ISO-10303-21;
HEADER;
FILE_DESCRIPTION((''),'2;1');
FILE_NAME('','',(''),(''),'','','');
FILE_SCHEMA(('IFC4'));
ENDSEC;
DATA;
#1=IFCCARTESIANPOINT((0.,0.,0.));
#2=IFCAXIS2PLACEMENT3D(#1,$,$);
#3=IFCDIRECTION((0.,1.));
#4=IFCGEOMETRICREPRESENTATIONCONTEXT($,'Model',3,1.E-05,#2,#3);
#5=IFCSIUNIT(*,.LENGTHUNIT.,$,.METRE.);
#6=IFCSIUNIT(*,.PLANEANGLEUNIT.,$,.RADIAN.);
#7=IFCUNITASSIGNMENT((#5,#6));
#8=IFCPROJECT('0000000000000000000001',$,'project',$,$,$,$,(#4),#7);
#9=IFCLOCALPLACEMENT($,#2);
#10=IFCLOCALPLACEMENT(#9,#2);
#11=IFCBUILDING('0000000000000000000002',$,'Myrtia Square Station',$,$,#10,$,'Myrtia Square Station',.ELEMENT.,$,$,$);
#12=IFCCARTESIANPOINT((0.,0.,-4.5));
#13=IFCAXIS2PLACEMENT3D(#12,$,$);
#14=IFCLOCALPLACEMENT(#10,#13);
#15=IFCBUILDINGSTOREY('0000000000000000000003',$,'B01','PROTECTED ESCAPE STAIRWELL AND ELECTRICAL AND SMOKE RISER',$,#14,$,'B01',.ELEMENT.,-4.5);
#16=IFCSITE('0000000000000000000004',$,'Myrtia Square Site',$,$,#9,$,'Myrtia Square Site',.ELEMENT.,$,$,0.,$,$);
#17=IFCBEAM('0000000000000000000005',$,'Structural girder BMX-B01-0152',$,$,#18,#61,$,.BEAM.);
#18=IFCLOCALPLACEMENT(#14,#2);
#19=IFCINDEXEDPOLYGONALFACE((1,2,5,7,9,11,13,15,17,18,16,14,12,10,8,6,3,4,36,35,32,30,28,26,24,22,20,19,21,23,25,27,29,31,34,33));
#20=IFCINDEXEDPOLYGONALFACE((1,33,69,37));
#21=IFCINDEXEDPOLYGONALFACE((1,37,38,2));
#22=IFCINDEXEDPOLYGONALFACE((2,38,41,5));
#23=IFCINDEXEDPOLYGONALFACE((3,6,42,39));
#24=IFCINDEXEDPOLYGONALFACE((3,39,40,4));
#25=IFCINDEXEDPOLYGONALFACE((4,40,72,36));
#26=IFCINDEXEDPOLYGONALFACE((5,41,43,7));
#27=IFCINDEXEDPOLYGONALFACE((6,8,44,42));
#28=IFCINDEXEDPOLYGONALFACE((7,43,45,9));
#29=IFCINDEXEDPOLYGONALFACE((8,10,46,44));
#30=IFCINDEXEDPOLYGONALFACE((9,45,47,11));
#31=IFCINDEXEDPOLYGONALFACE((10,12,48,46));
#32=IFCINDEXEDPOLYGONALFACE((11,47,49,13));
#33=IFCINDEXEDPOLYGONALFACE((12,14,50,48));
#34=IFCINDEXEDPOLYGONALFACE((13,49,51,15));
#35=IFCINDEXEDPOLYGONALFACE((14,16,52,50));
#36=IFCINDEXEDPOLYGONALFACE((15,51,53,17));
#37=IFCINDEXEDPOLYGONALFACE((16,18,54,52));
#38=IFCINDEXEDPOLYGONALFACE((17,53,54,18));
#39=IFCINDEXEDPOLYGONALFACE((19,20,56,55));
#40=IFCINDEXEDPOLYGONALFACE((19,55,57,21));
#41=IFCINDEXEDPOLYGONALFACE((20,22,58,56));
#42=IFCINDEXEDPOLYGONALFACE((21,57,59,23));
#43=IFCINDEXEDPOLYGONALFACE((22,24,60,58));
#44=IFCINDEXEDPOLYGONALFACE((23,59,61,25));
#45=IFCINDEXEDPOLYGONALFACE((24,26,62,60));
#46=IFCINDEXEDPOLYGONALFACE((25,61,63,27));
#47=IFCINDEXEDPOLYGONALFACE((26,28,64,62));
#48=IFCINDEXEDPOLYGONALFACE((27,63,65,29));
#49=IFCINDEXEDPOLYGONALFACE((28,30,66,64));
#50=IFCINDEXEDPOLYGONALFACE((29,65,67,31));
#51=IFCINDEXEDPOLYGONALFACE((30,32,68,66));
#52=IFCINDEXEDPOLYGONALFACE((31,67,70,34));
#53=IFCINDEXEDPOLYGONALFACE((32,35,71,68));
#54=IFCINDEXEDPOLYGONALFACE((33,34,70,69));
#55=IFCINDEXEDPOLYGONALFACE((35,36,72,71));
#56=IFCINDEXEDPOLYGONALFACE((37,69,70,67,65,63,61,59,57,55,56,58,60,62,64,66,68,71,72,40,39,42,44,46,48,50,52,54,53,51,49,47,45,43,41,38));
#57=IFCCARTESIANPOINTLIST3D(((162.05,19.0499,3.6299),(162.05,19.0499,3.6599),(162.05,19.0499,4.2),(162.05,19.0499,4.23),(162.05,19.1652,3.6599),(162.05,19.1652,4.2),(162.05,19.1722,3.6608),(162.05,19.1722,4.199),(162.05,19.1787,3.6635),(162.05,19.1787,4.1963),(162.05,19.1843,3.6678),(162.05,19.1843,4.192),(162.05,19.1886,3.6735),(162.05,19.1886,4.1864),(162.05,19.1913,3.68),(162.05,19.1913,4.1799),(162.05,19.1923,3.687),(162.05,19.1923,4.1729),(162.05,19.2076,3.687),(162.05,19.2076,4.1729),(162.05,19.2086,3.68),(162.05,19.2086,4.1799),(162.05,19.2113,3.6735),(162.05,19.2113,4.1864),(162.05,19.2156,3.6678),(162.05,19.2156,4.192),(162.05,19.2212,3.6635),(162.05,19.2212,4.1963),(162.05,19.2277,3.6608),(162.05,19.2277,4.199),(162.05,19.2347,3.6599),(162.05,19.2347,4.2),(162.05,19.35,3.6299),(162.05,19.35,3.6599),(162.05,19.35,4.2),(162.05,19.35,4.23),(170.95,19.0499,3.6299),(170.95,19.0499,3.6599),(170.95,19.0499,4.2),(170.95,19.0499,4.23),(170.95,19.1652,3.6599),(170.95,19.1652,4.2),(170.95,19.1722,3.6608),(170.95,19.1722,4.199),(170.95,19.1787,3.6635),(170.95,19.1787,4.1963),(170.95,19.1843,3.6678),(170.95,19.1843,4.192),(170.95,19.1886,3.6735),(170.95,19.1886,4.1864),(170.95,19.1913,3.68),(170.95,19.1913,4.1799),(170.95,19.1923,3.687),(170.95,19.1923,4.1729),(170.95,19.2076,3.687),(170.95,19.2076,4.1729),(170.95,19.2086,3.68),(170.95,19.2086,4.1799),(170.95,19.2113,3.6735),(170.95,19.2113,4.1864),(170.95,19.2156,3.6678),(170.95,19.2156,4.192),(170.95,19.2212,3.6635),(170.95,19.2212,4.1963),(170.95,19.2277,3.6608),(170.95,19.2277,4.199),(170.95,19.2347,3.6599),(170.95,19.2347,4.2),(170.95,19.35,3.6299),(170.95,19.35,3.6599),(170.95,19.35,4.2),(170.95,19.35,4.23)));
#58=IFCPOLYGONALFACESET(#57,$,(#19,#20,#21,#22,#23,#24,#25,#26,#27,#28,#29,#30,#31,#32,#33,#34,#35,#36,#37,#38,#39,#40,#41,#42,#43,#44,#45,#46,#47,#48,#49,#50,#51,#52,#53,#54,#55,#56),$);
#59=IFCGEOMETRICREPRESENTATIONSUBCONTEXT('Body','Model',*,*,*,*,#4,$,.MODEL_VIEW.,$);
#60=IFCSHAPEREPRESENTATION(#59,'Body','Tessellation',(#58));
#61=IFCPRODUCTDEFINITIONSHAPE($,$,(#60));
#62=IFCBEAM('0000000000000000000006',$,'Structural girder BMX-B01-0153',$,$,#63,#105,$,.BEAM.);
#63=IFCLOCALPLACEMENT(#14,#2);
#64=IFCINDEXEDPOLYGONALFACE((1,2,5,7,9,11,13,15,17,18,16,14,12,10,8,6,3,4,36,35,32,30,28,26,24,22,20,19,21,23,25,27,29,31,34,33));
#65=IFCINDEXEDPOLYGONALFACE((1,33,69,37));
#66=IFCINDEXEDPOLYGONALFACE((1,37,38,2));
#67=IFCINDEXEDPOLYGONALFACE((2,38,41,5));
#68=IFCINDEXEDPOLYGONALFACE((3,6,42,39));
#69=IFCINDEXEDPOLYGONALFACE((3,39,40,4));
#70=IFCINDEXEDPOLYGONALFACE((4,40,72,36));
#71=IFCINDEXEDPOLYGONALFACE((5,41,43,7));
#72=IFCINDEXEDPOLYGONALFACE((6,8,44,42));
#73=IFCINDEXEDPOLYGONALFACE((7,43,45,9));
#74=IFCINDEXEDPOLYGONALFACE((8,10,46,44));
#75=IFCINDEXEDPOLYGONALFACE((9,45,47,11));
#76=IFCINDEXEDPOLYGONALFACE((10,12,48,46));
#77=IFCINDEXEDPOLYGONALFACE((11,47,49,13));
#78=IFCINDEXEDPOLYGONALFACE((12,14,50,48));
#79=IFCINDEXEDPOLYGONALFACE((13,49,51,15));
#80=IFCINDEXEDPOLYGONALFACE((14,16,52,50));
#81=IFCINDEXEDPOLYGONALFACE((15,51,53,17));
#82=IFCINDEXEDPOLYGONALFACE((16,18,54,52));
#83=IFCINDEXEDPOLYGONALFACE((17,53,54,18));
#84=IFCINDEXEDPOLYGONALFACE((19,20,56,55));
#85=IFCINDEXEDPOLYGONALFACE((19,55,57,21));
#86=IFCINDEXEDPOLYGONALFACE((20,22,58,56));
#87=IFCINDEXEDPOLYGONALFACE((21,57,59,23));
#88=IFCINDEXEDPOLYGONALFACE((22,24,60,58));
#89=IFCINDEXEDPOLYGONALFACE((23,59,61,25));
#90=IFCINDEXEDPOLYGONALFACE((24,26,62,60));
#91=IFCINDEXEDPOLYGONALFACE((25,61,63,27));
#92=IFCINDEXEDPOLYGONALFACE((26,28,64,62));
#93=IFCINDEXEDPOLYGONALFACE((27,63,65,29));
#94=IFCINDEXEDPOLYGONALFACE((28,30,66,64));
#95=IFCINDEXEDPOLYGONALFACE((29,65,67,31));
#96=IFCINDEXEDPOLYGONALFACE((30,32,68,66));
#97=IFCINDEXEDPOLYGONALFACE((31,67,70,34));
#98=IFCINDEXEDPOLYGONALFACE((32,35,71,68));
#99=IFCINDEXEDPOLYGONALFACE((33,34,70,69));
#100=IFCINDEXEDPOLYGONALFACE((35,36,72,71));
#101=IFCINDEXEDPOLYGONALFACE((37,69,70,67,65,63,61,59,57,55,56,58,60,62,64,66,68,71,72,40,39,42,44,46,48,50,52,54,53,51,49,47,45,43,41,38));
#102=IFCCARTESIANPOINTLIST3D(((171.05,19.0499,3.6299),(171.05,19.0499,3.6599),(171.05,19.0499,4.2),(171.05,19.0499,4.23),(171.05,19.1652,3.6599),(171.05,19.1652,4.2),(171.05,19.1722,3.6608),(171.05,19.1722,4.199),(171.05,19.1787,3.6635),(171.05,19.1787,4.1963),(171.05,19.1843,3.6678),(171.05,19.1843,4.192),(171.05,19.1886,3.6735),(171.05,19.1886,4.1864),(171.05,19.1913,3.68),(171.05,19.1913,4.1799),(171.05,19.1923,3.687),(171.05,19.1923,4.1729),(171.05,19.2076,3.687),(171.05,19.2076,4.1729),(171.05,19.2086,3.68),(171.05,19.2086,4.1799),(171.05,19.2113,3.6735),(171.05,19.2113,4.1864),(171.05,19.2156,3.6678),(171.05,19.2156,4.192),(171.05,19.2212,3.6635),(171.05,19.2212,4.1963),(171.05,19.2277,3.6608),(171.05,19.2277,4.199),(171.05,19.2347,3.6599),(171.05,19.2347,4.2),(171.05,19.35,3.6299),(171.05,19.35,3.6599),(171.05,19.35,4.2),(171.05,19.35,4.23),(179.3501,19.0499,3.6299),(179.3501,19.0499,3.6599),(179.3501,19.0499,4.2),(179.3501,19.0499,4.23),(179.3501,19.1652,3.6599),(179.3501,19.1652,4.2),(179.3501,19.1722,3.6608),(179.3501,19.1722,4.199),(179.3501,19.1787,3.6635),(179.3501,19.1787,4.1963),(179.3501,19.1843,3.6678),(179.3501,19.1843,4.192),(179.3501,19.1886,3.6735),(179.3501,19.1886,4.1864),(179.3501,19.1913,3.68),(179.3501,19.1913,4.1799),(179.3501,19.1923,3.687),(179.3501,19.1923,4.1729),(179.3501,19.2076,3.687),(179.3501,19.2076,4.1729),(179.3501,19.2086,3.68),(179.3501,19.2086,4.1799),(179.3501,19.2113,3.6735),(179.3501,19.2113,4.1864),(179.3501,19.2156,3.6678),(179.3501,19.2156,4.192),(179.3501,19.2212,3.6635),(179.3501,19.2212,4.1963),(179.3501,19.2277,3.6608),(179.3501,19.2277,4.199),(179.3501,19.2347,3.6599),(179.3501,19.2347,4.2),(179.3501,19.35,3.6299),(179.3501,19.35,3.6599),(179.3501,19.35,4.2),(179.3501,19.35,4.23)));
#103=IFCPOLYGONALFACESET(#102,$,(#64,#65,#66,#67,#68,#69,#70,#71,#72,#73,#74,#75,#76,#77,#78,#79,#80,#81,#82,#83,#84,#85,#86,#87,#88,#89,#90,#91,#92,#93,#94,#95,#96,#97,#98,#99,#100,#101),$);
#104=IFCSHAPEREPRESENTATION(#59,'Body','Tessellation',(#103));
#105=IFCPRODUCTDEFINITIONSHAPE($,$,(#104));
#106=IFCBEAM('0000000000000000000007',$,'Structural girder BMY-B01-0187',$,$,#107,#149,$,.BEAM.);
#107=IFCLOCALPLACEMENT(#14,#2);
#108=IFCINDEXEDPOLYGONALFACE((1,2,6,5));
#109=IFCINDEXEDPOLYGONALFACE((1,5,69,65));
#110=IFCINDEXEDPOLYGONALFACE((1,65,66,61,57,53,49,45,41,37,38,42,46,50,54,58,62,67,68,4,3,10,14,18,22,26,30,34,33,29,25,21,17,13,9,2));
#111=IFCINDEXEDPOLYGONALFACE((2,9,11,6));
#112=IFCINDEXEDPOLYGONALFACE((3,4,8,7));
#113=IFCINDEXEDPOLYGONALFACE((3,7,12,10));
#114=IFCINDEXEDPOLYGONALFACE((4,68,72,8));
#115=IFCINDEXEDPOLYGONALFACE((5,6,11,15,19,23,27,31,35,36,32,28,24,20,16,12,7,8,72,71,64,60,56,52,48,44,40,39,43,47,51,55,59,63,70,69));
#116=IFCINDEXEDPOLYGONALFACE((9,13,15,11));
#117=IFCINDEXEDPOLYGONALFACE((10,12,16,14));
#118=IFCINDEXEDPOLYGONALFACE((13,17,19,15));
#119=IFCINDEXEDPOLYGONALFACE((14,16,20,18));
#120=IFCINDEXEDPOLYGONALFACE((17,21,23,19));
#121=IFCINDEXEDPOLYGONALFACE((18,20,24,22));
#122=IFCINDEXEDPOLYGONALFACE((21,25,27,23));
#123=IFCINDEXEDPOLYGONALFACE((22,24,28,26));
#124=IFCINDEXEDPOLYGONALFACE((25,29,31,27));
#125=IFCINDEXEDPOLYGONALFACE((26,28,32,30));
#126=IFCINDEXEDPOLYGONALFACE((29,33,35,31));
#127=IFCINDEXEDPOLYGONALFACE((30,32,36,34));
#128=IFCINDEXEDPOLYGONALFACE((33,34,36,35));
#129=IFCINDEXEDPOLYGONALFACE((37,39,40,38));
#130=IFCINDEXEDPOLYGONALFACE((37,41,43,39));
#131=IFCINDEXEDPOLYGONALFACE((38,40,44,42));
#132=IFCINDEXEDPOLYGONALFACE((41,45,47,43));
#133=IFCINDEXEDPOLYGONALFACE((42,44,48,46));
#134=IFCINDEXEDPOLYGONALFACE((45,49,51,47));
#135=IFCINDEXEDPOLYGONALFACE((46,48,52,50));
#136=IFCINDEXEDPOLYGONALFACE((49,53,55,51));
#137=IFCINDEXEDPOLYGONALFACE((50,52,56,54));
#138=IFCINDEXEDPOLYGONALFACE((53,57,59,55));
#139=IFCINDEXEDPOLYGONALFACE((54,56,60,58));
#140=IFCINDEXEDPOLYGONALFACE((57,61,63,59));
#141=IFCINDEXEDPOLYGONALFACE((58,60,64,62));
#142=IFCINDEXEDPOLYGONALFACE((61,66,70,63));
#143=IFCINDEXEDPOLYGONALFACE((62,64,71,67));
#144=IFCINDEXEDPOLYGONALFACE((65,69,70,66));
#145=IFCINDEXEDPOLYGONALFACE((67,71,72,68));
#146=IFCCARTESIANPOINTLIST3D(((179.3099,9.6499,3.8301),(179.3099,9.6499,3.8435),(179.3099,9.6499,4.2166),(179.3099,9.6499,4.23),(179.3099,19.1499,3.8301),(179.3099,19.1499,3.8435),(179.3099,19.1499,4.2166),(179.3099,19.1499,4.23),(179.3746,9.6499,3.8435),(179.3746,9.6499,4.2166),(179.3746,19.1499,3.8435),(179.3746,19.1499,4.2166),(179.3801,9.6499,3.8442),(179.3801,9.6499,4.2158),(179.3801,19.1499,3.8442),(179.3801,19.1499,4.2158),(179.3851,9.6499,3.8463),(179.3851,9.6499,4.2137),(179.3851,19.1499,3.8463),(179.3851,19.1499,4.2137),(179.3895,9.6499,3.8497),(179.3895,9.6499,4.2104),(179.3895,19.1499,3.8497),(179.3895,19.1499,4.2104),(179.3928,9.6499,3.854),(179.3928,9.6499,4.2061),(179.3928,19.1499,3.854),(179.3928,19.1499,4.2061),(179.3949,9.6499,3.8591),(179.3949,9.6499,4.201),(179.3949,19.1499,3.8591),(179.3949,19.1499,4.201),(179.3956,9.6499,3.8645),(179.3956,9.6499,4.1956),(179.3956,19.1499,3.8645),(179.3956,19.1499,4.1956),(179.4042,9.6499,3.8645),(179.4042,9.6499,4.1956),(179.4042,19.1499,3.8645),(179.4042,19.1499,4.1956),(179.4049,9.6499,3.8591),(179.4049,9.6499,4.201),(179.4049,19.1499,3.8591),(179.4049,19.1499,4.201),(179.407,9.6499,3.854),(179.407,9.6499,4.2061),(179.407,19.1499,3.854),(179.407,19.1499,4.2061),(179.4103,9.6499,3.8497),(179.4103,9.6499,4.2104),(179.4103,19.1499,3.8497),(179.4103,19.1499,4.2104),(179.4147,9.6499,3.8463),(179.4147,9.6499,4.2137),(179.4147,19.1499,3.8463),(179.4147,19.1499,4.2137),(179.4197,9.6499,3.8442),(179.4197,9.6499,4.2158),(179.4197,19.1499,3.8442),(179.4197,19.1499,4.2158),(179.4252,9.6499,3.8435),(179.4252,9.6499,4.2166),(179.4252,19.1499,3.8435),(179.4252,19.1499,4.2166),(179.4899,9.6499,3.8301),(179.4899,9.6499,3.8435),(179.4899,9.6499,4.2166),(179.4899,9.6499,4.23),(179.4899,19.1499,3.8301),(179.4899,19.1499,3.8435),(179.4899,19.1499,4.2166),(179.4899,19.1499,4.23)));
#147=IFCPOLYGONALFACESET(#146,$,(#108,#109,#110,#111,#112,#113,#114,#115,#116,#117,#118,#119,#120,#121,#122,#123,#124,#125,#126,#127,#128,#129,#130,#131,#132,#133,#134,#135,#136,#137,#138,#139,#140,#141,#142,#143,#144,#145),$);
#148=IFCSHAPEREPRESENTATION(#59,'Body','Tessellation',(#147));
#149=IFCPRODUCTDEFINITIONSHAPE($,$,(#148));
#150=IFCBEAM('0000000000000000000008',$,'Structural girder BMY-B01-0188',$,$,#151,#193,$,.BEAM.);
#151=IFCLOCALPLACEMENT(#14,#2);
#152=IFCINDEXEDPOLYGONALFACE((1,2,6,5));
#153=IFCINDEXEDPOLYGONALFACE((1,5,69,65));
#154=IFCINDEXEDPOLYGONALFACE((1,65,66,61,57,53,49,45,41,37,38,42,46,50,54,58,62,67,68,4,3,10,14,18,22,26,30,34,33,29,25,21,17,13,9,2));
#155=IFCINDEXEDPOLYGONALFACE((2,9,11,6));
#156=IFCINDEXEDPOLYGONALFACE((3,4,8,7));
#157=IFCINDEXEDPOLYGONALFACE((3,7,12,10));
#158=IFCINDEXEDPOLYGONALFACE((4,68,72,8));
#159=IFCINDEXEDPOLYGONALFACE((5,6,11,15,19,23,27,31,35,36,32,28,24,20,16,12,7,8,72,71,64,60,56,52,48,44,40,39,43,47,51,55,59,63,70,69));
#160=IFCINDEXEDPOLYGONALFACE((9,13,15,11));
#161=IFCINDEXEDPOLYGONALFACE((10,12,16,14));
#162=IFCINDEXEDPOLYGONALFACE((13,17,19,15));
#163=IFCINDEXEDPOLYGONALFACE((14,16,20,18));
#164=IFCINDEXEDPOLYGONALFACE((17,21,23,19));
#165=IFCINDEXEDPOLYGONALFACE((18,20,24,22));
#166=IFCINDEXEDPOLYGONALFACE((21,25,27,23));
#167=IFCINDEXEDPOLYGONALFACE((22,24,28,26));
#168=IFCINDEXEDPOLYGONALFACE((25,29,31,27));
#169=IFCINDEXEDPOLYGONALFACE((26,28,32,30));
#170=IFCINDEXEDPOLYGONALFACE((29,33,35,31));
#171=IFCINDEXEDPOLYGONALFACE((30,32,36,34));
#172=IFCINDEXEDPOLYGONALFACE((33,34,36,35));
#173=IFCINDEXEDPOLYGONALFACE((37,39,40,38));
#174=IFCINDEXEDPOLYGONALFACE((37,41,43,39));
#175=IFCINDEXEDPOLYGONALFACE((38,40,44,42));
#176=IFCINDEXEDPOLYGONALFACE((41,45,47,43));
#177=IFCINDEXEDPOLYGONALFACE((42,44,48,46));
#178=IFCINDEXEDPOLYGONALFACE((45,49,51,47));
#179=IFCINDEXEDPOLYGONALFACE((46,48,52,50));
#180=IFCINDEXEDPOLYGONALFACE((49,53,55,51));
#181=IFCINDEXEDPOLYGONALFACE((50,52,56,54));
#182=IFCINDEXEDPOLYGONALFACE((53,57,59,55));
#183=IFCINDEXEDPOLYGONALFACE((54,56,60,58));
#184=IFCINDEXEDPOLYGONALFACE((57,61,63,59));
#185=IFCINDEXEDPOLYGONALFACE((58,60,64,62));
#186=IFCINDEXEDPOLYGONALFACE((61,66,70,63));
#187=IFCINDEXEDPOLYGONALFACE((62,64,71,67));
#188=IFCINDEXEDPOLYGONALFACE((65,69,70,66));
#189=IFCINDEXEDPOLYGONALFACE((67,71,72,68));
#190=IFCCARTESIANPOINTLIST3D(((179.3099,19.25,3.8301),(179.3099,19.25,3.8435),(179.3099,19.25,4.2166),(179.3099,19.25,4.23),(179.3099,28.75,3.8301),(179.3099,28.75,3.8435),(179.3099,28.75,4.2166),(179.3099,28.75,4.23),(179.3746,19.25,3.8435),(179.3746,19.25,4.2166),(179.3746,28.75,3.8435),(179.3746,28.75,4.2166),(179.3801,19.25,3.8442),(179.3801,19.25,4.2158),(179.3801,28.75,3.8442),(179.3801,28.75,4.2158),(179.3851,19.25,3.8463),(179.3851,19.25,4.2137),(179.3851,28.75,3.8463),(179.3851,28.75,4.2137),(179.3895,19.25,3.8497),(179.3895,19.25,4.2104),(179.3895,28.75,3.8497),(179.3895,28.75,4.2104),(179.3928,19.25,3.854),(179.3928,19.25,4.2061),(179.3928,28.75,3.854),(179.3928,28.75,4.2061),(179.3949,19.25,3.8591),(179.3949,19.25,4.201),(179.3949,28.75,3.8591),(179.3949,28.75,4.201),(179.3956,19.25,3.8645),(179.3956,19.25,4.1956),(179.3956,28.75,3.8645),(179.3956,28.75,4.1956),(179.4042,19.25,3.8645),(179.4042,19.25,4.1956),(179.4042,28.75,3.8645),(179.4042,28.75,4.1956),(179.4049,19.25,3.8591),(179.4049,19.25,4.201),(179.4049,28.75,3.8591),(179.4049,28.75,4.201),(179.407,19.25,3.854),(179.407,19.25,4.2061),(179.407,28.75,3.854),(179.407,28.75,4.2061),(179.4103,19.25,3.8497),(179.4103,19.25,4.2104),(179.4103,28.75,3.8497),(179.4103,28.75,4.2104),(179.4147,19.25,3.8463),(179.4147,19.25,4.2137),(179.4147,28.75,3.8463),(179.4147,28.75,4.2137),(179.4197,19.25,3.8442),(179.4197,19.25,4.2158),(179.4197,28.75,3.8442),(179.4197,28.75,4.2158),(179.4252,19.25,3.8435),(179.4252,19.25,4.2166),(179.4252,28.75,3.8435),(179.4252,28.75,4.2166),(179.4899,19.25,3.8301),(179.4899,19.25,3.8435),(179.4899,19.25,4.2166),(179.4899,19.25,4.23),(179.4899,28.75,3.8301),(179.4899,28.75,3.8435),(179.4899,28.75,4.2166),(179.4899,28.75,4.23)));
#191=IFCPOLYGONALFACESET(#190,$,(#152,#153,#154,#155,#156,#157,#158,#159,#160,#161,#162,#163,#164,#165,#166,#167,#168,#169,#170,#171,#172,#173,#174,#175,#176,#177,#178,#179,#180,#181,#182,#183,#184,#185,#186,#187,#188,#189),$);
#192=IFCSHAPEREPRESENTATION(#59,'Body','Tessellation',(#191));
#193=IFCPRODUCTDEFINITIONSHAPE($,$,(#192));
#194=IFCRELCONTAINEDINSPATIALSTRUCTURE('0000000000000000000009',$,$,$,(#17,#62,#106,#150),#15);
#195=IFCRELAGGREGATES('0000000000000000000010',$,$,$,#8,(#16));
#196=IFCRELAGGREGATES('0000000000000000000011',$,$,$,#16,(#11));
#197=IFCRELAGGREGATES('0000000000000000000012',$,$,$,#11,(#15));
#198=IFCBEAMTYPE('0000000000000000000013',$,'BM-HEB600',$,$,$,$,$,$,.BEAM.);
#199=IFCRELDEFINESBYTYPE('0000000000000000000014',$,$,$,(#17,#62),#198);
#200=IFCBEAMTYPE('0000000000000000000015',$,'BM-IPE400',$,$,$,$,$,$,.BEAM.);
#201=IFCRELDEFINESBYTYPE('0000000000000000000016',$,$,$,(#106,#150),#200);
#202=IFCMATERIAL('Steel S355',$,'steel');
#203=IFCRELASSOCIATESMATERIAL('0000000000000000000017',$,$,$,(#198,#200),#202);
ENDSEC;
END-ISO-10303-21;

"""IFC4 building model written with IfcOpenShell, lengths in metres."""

from ifc_helpers import new_model, si_unit, direction, frame, origin, origin_2d, place, context, subcontext, project, spatial, i_section, extrude, material, material_profile, profile_set, type_object, element, save


model = new_model("IFC4")

# Units and contexts
model_context = context("Model", 3, precision=1e-05, world=origin(), true_north=direction((0.0, 1.0)))
body_context = subcontext(model_context, "Body", "Model", "MODEL_VIEW")
ifc_project = project(units=[si_unit("LENGTHUNIT", "METRE"), si_unit("PLANEANGLEUNIT", "RADIAN")], contexts=[model_context])

# Site, building, storey
site_placement = place(None, origin())
site = spatial("IfcSite", under=ifc_project, at=site_placement, Name="Myrtia Square Site", LongName="Myrtia Square Site", CompositionType="ELEMENT", RefElevation=0.0)
building_placement = place(site_placement, origin())
building = spatial("IfcBuilding", under=site, at=building_placement, Name="Myrtia Square Station", LongName="Myrtia Square Station", CompositionType="ELEMENT")
storey_placement = place(building_placement, frame((0.0, 0.0, -4.5)))
storey = spatial("IfcBuildingStorey", under=building, at=storey_placement, Name="B01", Description="PROTECTED ESCAPE STAIRWELL AND ELECTRICAL AND SMOKE RISER", LongName="B01", CompositionType="ELEMENT", Elevation=-4.5)

# Shared definitions
ifc_material_1 = material(Name="Steel S355", Category="steel")

# Beams
ifc_material_profile_1 = material_profile(ifc_material_1, i_section(OverallWidth=0.3, OverallDepth=0.6001, WebThickness=0.0154, FlangeThickness=0.03, FilletRadius=0.0271, at=origin_2d()), Name="HEB 600")
ifc_profile_set_1 = profile_set([ifc_material_profile_1], Name="Steel S355")
beam_type_1 = type_object("IfcBeamType", Name="BM-HEB600", PredefinedType="BEAM", material=ifc_profile_set_1)
beam_1_placement = place(storey_placement, frame((162.05, 19.2, 3.9299), z_axis=(1.0, 0.0, 0.0), x_axis=(0.0, 1.0, 0.0)))
element("IfcBeam", 1, at=beam_1_placement, inside=storey, type_object=beam_type_1, Name="Structural girder BMX-B01-0152", PredefinedType="BEAM", context=body_context, shape_type="SweptSolid", body=[
    extrude(i_section(OverallWidth=0.3, OverallDepth=0.6001, WebThickness=0.0154, FlangeThickness=0.03, FilletRadius=0.0271, at=origin_2d()), origin(), (0.0, 0.0, 1.0), 8.8999),
])
beam_2_placement = place(storey_placement, frame((171.05, 19.2, 3.9299), z_axis=(1.0, 0.0, 0.0), x_axis=(0.0, 1.0, 0.0)))
element("IfcBeam", 2, at=beam_2_placement, inside=storey, type_object=beam_type_1, Name="Structural girder BMX-B01-0153", PredefinedType="BEAM", context=body_context, shape_type="SweptSolid", body=[
    extrude(i_section(OverallWidth=0.3, OverallDepth=0.6001, WebThickness=0.0154, FlangeThickness=0.03, FilletRadius=0.0271, at=origin_2d()), origin(), (0.0, 0.0, 1.0), 8.3),
])
ifc_material_profile_2 = material_profile(ifc_material_1, i_section(OverallWidth=0.1799, OverallDepth=0.3999, WebThickness=0.0085, FlangeThickness=0.0134, FilletRadius=0.021, at=origin_2d()), Name="IPE 400")
ifc_profile_set_2 = profile_set([ifc_material_profile_2], Name="Steel S355")
beam_type_2 = type_object("IfcBeamType", Name="BM-IPE400", PredefinedType="BEAM", material=ifc_profile_set_2)
for number, where, z_axis, x_axis, name in (
    (3, (179.3999, 9.6499, 4.03), (0.0, 1.0, 0.0), (-1.0, 0.0, 0.0), "Structural girder BMY-B01-0187"),
    (4, (179.3999, 19.25, 4.03), (0.0, 1.0, 0.0), (-1.0, 0.0, 0.0), "Structural girder BMY-B01-0188"),
):
    element("IfcBeam", number, at=place(storey_placement, frame(where, z_axis=z_axis, x_axis=x_axis)), inside=storey, type_object=beam_type_2, Name=name, PredefinedType="BEAM", context=body_context, shape_type="SweptSolid", body=[
        extrude(i_section(OverallWidth=0.1799, OverallDepth=0.3999, WebThickness=0.0085, FlangeThickness=0.0134, FilletRadius=0.021, at=origin_2d()), origin(), (0.0, 0.0, 1.0), 9.5),
    ])

save(model, "model.ifc")
